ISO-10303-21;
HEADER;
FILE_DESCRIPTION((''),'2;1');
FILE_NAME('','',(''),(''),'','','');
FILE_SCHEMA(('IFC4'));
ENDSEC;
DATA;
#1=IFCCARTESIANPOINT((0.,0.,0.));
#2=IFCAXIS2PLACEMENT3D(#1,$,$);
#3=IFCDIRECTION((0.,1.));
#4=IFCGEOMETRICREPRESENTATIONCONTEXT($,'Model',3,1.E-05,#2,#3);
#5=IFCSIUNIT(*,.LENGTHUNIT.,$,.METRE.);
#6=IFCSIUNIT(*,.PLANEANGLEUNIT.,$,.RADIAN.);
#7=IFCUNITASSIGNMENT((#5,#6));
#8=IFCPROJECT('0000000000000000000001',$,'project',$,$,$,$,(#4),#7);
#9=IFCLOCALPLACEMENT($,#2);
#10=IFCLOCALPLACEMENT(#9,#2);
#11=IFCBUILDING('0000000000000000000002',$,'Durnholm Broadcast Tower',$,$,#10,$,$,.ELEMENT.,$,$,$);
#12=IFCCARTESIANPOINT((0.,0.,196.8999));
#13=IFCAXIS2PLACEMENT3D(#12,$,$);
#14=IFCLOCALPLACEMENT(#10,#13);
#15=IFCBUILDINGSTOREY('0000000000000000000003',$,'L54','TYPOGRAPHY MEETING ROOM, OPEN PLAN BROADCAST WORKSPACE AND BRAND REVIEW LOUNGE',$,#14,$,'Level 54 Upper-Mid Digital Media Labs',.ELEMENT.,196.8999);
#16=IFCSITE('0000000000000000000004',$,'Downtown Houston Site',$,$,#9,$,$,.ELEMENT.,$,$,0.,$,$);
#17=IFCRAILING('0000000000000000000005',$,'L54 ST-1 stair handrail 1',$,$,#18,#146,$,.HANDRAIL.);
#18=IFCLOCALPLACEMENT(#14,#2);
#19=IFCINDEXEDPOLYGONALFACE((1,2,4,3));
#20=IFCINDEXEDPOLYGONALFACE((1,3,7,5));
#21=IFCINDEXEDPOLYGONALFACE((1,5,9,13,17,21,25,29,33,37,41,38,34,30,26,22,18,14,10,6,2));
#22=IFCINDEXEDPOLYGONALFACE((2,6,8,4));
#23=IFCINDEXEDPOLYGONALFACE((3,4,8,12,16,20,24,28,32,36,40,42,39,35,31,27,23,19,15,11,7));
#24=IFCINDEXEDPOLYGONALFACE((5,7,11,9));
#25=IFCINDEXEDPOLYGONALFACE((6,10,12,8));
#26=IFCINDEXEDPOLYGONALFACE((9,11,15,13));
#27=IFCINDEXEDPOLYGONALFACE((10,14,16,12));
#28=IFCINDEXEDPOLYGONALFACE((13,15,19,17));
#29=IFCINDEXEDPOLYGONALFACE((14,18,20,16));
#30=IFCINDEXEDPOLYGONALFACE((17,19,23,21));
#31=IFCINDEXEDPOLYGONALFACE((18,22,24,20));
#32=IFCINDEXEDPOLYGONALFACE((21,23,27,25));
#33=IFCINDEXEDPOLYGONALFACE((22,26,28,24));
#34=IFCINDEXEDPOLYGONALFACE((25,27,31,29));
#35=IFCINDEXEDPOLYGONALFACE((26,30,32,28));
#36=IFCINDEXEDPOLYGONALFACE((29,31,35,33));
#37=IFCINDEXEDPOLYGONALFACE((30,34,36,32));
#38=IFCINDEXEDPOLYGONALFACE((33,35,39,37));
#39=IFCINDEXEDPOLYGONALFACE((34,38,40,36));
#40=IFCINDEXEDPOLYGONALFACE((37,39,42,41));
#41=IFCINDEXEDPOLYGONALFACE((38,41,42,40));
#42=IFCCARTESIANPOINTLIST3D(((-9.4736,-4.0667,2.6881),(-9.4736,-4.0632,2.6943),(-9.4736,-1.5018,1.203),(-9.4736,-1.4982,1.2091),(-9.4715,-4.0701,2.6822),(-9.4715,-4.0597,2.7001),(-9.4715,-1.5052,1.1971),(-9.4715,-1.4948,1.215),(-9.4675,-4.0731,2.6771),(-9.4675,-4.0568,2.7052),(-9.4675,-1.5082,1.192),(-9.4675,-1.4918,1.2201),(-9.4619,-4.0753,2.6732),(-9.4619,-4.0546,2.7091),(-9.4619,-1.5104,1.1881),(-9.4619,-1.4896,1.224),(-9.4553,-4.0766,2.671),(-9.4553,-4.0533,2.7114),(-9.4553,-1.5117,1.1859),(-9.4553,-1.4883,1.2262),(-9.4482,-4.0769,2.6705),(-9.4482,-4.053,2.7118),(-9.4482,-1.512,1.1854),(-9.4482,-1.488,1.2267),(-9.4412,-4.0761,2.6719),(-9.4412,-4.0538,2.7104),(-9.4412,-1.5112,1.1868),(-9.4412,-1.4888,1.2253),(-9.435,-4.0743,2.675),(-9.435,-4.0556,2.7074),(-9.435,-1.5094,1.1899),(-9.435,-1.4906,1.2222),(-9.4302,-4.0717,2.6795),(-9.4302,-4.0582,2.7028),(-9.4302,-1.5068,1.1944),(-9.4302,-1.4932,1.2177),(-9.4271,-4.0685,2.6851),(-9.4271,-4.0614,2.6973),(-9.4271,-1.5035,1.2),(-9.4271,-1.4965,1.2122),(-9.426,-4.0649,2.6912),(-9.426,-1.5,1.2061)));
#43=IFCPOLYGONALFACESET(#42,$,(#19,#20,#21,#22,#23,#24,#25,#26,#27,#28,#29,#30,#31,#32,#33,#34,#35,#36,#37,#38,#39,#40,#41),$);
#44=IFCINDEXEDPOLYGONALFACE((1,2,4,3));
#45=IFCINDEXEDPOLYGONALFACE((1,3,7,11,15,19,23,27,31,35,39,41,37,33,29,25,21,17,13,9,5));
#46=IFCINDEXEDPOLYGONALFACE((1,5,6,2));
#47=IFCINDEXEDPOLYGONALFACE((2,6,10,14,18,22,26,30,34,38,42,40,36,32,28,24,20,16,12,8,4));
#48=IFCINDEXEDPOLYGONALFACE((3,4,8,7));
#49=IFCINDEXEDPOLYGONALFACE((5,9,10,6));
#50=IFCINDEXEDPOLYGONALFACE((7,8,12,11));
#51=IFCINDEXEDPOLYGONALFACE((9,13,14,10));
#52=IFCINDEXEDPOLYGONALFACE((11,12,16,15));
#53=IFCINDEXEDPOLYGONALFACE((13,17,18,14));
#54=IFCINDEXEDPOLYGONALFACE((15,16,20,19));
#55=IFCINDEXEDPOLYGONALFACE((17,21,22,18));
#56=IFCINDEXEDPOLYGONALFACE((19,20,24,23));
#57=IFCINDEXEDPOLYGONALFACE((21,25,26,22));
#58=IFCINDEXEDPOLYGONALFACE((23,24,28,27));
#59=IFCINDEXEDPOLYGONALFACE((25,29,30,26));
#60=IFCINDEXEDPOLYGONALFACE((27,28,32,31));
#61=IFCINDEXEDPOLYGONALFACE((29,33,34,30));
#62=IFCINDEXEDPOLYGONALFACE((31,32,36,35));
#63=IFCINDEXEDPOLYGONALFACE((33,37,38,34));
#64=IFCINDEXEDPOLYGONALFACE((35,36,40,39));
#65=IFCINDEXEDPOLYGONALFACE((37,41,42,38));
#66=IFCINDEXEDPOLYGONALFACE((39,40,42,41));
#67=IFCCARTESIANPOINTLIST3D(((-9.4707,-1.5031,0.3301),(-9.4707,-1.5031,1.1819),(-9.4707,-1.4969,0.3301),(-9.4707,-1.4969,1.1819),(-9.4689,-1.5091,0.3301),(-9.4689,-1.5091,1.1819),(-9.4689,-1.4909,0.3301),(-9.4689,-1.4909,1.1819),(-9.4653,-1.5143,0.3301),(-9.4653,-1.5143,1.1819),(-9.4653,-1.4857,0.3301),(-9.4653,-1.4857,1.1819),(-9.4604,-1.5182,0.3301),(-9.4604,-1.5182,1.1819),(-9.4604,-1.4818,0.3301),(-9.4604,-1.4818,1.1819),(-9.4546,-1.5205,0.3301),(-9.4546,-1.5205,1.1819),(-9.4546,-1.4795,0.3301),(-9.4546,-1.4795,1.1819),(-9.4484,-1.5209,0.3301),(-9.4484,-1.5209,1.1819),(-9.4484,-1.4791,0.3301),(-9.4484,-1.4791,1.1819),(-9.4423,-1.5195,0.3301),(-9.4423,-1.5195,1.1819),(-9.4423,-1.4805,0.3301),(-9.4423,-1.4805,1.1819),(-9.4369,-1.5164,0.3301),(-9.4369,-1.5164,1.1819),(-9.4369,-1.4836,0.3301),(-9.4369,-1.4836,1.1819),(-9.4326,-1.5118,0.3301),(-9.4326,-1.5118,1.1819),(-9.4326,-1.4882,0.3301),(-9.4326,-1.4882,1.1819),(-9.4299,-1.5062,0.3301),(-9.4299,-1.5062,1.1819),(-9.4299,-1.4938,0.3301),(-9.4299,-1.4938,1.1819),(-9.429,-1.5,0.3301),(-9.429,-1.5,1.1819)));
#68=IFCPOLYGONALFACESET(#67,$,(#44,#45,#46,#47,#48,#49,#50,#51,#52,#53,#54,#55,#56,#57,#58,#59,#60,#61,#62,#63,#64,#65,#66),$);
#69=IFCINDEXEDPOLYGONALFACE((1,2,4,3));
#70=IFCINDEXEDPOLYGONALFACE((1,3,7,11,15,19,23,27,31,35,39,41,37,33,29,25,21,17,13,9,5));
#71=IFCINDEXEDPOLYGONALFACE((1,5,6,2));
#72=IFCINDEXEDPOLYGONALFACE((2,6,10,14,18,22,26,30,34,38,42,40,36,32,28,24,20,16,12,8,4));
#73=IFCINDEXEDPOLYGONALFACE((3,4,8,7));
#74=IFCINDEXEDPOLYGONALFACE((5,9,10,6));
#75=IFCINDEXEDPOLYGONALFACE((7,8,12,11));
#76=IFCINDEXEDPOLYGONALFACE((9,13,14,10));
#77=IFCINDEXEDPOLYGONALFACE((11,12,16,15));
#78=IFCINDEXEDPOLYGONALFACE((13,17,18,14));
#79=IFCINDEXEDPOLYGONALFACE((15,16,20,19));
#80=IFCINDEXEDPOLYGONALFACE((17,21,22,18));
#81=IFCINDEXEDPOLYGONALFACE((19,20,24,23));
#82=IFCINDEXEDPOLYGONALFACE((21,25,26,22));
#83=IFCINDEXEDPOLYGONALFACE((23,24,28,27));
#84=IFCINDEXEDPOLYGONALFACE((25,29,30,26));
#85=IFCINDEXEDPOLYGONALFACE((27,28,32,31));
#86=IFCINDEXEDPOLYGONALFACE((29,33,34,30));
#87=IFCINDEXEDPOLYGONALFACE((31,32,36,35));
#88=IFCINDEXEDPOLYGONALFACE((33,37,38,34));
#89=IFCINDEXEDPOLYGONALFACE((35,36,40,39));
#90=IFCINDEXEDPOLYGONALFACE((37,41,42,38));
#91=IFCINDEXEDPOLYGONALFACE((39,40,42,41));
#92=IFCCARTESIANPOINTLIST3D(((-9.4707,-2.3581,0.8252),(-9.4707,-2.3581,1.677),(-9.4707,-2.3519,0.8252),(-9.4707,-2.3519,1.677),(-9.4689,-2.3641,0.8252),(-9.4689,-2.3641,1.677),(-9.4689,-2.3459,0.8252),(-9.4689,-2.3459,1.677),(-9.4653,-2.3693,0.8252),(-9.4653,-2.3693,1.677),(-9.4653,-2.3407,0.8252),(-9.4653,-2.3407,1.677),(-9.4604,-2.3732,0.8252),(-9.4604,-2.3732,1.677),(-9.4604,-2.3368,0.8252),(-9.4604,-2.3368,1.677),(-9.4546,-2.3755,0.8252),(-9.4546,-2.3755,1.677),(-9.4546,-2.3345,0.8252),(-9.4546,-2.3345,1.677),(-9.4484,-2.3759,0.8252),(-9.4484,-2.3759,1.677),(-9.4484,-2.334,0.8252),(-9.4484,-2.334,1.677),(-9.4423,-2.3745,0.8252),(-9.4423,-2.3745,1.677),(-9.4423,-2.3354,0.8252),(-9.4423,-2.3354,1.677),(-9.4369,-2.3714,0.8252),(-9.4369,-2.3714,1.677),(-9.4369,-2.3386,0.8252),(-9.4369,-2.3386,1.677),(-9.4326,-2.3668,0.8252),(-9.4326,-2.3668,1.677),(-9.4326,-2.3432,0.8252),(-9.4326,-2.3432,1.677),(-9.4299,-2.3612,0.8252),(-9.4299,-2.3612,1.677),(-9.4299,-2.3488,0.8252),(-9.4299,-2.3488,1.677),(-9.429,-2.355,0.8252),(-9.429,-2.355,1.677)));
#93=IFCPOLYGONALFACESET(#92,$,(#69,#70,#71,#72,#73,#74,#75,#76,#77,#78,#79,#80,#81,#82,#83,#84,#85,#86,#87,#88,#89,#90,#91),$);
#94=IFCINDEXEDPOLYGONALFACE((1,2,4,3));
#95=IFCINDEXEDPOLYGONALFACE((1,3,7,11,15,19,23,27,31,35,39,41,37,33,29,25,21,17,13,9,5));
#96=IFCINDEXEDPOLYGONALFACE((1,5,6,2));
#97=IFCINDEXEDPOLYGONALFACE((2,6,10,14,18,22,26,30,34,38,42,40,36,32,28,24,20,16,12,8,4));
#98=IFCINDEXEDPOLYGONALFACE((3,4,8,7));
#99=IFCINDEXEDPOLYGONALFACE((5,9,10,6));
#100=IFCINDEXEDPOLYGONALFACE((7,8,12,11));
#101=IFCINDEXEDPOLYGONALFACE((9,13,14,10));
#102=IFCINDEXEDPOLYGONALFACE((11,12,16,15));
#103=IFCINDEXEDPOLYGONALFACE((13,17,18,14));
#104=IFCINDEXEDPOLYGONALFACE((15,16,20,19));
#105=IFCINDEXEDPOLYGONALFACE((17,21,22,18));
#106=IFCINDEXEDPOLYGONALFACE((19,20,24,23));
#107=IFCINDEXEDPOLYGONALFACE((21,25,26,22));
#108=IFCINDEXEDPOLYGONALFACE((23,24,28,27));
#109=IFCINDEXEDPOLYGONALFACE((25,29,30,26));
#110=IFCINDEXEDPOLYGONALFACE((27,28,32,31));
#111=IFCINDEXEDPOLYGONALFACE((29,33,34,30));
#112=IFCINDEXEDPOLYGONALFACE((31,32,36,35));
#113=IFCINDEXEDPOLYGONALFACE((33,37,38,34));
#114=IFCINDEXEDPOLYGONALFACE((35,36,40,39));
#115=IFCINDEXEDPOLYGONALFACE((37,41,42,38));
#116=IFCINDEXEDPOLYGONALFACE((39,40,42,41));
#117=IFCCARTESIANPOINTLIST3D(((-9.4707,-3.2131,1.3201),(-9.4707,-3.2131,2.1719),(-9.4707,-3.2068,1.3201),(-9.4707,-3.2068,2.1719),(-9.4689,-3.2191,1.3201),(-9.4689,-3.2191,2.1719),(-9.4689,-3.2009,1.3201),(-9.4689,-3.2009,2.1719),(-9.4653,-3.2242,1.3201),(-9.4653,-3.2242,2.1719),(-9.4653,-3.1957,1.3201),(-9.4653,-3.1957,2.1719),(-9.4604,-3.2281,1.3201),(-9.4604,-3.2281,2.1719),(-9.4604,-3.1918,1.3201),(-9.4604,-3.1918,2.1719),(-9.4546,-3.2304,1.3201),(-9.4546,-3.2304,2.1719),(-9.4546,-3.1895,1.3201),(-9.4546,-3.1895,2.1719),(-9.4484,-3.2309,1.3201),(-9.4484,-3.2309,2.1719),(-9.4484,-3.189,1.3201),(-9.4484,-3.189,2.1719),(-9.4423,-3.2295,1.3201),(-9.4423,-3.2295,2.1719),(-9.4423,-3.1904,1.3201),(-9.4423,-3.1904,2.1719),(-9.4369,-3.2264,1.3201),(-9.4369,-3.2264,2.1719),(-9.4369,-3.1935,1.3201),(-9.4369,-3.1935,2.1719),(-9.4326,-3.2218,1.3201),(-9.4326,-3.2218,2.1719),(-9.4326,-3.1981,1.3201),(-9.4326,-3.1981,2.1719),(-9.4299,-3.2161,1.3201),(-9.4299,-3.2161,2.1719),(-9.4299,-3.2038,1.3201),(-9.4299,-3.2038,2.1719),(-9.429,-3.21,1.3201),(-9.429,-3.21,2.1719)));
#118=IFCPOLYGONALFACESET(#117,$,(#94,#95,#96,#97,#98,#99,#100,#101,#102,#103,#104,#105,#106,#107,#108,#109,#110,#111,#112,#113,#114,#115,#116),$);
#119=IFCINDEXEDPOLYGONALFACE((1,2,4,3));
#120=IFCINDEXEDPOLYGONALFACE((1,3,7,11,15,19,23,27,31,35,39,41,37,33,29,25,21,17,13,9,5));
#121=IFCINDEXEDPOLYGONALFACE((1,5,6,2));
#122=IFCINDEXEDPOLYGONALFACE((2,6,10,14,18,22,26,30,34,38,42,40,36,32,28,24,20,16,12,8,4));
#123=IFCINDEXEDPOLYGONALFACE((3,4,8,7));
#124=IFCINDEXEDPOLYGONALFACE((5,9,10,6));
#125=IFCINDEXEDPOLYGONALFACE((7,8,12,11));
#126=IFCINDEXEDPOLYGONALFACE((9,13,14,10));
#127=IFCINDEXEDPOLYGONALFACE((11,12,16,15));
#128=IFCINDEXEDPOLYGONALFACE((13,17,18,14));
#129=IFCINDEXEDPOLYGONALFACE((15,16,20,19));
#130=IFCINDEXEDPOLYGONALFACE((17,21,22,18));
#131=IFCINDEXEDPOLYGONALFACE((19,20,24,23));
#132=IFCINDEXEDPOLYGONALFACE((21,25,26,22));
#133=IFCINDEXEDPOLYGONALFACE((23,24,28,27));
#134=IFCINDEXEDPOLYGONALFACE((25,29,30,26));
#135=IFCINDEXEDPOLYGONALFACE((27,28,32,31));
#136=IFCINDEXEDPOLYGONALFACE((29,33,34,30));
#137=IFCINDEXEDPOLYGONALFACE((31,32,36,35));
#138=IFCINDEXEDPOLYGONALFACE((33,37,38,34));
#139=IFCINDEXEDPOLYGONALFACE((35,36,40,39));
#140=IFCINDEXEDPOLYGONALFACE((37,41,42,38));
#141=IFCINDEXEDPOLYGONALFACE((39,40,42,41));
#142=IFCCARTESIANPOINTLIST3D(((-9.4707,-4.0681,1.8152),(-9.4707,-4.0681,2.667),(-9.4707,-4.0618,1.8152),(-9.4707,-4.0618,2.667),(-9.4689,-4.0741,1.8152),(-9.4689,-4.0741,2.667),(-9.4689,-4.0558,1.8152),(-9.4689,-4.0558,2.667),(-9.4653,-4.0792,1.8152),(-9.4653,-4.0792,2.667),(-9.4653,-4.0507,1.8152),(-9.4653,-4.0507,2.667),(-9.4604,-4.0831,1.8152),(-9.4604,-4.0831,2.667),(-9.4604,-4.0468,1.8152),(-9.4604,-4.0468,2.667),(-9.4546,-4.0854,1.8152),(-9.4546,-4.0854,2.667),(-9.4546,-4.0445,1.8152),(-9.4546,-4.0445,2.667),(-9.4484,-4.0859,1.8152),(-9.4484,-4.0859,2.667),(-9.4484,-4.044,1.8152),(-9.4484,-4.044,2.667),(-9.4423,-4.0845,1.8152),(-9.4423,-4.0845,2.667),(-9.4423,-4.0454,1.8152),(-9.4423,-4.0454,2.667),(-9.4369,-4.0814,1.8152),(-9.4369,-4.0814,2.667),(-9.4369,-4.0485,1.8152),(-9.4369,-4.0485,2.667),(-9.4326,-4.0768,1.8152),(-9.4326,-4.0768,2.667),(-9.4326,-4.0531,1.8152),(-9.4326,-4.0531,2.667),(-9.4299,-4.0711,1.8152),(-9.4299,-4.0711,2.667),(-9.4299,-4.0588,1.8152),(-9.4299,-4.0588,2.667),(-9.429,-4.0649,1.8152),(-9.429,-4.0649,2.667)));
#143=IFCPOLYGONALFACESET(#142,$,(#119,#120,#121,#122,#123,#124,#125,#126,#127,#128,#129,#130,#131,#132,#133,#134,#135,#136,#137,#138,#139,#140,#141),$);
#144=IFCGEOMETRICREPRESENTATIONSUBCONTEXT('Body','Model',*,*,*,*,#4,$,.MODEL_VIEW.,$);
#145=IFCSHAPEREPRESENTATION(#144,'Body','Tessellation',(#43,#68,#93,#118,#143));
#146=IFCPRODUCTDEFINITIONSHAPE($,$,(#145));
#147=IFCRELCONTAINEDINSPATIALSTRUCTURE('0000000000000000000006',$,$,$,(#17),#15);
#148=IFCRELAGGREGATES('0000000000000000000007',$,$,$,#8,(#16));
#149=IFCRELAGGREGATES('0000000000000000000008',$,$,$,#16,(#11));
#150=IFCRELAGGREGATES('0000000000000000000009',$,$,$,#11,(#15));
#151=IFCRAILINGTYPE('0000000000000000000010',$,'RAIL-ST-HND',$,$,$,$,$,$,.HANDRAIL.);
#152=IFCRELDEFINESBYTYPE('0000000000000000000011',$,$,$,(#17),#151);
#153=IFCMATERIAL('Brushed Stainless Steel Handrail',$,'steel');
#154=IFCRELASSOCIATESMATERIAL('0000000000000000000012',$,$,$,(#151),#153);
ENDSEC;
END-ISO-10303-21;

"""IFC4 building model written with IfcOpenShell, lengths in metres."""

from ifc_helpers import new_model, si_unit, direction, frame, origin, origin_2d, place, context, subcontext, project, spatial, circle, extrude, material, type_object, element, save


model = new_model("IFC4")

# Units and contexts
model_context = context("Model", 3, precision=1e-05, world=origin(), true_north=direction((0.0, 1.0)))
body_context = subcontext(model_context, "Body", "Model", "MODEL_VIEW")
ifc_project = project(units=[si_unit("LENGTHUNIT", "METRE"), si_unit("PLANEANGLEUNIT", "RADIAN")], contexts=[model_context])

# Site, building, storey
site_placement = place(None, origin())
site = spatial("IfcSite", under=ifc_project, at=site_placement, Name="Downtown Houston Site", CompositionType="ELEMENT", RefElevation=0.0)
building_placement = place(site_placement, origin())
building = spatial("IfcBuilding", under=site, at=building_placement, Name="Durnholm Broadcast Tower", CompositionType="ELEMENT")
storey_placement = place(building_placement, frame((0.0, 0.0, 196.8999)))
storey = spatial("IfcBuildingStorey", under=building, at=storey_placement, Name="L54", Description="TYPOGRAPHY MEETING ROOM, OPEN PLAN BROADCAST WORKSPACE AND BRAND REVIEW LOUNGE", LongName="Level 54 Upper-Mid Digital Media Labs", CompositionType="ELEMENT", Elevation=196.8999)

# Railing
ifc_material_1 = material(Name="Brushed Stainless Steel Handrail", Category="steel")
railing_type = type_object("IfcRailingType", Name="RAIL-ST-HND", PredefinedType="HANDRAIL", material=ifc_material_1)
railing_placement = place(storey_placement, frame((-9.45, -1.5, 0.3301)))
element("IfcRailing", 1, at=railing_placement, inside=storey, type_object=railing_type, Name="L54 ST-1 stair handrail 1", PredefinedType="HANDRAIL", context=body_context, shape_type="SweptSolid", body=[
    extrude(circle(Radius=0.0239, at=origin_2d()), frame((0.0, 0.0, 0.876), z_axis=(0.0, -0.865406, 0.501072), x_axis=(1.0, 0.0, 0.0)), (0.0, 0.0, 1.0), 2.9639),
    extrude(circle(Radius=0.021, at=origin_2d()), origin(), (0.0, 0.0, 1.0), 0.8518),
    extrude(circle(Radius=0.021, at=origin_2d()), frame((0.0, -0.855, 0.4951)), (0.0, 0.0, 1.0), 0.8518),
    extrude(circle(Radius=0.021, at=origin_2d()), frame((0.0, -1.71, 0.99)), (0.0, 0.0, 1.0), 0.8518),
    extrude(circle(Radius=0.021, at=origin_2d()), frame((0.0, -2.5649, 1.4851)), (0.0, 0.0, 1.0), 0.8518),
])

save(model, "model.ifc")
